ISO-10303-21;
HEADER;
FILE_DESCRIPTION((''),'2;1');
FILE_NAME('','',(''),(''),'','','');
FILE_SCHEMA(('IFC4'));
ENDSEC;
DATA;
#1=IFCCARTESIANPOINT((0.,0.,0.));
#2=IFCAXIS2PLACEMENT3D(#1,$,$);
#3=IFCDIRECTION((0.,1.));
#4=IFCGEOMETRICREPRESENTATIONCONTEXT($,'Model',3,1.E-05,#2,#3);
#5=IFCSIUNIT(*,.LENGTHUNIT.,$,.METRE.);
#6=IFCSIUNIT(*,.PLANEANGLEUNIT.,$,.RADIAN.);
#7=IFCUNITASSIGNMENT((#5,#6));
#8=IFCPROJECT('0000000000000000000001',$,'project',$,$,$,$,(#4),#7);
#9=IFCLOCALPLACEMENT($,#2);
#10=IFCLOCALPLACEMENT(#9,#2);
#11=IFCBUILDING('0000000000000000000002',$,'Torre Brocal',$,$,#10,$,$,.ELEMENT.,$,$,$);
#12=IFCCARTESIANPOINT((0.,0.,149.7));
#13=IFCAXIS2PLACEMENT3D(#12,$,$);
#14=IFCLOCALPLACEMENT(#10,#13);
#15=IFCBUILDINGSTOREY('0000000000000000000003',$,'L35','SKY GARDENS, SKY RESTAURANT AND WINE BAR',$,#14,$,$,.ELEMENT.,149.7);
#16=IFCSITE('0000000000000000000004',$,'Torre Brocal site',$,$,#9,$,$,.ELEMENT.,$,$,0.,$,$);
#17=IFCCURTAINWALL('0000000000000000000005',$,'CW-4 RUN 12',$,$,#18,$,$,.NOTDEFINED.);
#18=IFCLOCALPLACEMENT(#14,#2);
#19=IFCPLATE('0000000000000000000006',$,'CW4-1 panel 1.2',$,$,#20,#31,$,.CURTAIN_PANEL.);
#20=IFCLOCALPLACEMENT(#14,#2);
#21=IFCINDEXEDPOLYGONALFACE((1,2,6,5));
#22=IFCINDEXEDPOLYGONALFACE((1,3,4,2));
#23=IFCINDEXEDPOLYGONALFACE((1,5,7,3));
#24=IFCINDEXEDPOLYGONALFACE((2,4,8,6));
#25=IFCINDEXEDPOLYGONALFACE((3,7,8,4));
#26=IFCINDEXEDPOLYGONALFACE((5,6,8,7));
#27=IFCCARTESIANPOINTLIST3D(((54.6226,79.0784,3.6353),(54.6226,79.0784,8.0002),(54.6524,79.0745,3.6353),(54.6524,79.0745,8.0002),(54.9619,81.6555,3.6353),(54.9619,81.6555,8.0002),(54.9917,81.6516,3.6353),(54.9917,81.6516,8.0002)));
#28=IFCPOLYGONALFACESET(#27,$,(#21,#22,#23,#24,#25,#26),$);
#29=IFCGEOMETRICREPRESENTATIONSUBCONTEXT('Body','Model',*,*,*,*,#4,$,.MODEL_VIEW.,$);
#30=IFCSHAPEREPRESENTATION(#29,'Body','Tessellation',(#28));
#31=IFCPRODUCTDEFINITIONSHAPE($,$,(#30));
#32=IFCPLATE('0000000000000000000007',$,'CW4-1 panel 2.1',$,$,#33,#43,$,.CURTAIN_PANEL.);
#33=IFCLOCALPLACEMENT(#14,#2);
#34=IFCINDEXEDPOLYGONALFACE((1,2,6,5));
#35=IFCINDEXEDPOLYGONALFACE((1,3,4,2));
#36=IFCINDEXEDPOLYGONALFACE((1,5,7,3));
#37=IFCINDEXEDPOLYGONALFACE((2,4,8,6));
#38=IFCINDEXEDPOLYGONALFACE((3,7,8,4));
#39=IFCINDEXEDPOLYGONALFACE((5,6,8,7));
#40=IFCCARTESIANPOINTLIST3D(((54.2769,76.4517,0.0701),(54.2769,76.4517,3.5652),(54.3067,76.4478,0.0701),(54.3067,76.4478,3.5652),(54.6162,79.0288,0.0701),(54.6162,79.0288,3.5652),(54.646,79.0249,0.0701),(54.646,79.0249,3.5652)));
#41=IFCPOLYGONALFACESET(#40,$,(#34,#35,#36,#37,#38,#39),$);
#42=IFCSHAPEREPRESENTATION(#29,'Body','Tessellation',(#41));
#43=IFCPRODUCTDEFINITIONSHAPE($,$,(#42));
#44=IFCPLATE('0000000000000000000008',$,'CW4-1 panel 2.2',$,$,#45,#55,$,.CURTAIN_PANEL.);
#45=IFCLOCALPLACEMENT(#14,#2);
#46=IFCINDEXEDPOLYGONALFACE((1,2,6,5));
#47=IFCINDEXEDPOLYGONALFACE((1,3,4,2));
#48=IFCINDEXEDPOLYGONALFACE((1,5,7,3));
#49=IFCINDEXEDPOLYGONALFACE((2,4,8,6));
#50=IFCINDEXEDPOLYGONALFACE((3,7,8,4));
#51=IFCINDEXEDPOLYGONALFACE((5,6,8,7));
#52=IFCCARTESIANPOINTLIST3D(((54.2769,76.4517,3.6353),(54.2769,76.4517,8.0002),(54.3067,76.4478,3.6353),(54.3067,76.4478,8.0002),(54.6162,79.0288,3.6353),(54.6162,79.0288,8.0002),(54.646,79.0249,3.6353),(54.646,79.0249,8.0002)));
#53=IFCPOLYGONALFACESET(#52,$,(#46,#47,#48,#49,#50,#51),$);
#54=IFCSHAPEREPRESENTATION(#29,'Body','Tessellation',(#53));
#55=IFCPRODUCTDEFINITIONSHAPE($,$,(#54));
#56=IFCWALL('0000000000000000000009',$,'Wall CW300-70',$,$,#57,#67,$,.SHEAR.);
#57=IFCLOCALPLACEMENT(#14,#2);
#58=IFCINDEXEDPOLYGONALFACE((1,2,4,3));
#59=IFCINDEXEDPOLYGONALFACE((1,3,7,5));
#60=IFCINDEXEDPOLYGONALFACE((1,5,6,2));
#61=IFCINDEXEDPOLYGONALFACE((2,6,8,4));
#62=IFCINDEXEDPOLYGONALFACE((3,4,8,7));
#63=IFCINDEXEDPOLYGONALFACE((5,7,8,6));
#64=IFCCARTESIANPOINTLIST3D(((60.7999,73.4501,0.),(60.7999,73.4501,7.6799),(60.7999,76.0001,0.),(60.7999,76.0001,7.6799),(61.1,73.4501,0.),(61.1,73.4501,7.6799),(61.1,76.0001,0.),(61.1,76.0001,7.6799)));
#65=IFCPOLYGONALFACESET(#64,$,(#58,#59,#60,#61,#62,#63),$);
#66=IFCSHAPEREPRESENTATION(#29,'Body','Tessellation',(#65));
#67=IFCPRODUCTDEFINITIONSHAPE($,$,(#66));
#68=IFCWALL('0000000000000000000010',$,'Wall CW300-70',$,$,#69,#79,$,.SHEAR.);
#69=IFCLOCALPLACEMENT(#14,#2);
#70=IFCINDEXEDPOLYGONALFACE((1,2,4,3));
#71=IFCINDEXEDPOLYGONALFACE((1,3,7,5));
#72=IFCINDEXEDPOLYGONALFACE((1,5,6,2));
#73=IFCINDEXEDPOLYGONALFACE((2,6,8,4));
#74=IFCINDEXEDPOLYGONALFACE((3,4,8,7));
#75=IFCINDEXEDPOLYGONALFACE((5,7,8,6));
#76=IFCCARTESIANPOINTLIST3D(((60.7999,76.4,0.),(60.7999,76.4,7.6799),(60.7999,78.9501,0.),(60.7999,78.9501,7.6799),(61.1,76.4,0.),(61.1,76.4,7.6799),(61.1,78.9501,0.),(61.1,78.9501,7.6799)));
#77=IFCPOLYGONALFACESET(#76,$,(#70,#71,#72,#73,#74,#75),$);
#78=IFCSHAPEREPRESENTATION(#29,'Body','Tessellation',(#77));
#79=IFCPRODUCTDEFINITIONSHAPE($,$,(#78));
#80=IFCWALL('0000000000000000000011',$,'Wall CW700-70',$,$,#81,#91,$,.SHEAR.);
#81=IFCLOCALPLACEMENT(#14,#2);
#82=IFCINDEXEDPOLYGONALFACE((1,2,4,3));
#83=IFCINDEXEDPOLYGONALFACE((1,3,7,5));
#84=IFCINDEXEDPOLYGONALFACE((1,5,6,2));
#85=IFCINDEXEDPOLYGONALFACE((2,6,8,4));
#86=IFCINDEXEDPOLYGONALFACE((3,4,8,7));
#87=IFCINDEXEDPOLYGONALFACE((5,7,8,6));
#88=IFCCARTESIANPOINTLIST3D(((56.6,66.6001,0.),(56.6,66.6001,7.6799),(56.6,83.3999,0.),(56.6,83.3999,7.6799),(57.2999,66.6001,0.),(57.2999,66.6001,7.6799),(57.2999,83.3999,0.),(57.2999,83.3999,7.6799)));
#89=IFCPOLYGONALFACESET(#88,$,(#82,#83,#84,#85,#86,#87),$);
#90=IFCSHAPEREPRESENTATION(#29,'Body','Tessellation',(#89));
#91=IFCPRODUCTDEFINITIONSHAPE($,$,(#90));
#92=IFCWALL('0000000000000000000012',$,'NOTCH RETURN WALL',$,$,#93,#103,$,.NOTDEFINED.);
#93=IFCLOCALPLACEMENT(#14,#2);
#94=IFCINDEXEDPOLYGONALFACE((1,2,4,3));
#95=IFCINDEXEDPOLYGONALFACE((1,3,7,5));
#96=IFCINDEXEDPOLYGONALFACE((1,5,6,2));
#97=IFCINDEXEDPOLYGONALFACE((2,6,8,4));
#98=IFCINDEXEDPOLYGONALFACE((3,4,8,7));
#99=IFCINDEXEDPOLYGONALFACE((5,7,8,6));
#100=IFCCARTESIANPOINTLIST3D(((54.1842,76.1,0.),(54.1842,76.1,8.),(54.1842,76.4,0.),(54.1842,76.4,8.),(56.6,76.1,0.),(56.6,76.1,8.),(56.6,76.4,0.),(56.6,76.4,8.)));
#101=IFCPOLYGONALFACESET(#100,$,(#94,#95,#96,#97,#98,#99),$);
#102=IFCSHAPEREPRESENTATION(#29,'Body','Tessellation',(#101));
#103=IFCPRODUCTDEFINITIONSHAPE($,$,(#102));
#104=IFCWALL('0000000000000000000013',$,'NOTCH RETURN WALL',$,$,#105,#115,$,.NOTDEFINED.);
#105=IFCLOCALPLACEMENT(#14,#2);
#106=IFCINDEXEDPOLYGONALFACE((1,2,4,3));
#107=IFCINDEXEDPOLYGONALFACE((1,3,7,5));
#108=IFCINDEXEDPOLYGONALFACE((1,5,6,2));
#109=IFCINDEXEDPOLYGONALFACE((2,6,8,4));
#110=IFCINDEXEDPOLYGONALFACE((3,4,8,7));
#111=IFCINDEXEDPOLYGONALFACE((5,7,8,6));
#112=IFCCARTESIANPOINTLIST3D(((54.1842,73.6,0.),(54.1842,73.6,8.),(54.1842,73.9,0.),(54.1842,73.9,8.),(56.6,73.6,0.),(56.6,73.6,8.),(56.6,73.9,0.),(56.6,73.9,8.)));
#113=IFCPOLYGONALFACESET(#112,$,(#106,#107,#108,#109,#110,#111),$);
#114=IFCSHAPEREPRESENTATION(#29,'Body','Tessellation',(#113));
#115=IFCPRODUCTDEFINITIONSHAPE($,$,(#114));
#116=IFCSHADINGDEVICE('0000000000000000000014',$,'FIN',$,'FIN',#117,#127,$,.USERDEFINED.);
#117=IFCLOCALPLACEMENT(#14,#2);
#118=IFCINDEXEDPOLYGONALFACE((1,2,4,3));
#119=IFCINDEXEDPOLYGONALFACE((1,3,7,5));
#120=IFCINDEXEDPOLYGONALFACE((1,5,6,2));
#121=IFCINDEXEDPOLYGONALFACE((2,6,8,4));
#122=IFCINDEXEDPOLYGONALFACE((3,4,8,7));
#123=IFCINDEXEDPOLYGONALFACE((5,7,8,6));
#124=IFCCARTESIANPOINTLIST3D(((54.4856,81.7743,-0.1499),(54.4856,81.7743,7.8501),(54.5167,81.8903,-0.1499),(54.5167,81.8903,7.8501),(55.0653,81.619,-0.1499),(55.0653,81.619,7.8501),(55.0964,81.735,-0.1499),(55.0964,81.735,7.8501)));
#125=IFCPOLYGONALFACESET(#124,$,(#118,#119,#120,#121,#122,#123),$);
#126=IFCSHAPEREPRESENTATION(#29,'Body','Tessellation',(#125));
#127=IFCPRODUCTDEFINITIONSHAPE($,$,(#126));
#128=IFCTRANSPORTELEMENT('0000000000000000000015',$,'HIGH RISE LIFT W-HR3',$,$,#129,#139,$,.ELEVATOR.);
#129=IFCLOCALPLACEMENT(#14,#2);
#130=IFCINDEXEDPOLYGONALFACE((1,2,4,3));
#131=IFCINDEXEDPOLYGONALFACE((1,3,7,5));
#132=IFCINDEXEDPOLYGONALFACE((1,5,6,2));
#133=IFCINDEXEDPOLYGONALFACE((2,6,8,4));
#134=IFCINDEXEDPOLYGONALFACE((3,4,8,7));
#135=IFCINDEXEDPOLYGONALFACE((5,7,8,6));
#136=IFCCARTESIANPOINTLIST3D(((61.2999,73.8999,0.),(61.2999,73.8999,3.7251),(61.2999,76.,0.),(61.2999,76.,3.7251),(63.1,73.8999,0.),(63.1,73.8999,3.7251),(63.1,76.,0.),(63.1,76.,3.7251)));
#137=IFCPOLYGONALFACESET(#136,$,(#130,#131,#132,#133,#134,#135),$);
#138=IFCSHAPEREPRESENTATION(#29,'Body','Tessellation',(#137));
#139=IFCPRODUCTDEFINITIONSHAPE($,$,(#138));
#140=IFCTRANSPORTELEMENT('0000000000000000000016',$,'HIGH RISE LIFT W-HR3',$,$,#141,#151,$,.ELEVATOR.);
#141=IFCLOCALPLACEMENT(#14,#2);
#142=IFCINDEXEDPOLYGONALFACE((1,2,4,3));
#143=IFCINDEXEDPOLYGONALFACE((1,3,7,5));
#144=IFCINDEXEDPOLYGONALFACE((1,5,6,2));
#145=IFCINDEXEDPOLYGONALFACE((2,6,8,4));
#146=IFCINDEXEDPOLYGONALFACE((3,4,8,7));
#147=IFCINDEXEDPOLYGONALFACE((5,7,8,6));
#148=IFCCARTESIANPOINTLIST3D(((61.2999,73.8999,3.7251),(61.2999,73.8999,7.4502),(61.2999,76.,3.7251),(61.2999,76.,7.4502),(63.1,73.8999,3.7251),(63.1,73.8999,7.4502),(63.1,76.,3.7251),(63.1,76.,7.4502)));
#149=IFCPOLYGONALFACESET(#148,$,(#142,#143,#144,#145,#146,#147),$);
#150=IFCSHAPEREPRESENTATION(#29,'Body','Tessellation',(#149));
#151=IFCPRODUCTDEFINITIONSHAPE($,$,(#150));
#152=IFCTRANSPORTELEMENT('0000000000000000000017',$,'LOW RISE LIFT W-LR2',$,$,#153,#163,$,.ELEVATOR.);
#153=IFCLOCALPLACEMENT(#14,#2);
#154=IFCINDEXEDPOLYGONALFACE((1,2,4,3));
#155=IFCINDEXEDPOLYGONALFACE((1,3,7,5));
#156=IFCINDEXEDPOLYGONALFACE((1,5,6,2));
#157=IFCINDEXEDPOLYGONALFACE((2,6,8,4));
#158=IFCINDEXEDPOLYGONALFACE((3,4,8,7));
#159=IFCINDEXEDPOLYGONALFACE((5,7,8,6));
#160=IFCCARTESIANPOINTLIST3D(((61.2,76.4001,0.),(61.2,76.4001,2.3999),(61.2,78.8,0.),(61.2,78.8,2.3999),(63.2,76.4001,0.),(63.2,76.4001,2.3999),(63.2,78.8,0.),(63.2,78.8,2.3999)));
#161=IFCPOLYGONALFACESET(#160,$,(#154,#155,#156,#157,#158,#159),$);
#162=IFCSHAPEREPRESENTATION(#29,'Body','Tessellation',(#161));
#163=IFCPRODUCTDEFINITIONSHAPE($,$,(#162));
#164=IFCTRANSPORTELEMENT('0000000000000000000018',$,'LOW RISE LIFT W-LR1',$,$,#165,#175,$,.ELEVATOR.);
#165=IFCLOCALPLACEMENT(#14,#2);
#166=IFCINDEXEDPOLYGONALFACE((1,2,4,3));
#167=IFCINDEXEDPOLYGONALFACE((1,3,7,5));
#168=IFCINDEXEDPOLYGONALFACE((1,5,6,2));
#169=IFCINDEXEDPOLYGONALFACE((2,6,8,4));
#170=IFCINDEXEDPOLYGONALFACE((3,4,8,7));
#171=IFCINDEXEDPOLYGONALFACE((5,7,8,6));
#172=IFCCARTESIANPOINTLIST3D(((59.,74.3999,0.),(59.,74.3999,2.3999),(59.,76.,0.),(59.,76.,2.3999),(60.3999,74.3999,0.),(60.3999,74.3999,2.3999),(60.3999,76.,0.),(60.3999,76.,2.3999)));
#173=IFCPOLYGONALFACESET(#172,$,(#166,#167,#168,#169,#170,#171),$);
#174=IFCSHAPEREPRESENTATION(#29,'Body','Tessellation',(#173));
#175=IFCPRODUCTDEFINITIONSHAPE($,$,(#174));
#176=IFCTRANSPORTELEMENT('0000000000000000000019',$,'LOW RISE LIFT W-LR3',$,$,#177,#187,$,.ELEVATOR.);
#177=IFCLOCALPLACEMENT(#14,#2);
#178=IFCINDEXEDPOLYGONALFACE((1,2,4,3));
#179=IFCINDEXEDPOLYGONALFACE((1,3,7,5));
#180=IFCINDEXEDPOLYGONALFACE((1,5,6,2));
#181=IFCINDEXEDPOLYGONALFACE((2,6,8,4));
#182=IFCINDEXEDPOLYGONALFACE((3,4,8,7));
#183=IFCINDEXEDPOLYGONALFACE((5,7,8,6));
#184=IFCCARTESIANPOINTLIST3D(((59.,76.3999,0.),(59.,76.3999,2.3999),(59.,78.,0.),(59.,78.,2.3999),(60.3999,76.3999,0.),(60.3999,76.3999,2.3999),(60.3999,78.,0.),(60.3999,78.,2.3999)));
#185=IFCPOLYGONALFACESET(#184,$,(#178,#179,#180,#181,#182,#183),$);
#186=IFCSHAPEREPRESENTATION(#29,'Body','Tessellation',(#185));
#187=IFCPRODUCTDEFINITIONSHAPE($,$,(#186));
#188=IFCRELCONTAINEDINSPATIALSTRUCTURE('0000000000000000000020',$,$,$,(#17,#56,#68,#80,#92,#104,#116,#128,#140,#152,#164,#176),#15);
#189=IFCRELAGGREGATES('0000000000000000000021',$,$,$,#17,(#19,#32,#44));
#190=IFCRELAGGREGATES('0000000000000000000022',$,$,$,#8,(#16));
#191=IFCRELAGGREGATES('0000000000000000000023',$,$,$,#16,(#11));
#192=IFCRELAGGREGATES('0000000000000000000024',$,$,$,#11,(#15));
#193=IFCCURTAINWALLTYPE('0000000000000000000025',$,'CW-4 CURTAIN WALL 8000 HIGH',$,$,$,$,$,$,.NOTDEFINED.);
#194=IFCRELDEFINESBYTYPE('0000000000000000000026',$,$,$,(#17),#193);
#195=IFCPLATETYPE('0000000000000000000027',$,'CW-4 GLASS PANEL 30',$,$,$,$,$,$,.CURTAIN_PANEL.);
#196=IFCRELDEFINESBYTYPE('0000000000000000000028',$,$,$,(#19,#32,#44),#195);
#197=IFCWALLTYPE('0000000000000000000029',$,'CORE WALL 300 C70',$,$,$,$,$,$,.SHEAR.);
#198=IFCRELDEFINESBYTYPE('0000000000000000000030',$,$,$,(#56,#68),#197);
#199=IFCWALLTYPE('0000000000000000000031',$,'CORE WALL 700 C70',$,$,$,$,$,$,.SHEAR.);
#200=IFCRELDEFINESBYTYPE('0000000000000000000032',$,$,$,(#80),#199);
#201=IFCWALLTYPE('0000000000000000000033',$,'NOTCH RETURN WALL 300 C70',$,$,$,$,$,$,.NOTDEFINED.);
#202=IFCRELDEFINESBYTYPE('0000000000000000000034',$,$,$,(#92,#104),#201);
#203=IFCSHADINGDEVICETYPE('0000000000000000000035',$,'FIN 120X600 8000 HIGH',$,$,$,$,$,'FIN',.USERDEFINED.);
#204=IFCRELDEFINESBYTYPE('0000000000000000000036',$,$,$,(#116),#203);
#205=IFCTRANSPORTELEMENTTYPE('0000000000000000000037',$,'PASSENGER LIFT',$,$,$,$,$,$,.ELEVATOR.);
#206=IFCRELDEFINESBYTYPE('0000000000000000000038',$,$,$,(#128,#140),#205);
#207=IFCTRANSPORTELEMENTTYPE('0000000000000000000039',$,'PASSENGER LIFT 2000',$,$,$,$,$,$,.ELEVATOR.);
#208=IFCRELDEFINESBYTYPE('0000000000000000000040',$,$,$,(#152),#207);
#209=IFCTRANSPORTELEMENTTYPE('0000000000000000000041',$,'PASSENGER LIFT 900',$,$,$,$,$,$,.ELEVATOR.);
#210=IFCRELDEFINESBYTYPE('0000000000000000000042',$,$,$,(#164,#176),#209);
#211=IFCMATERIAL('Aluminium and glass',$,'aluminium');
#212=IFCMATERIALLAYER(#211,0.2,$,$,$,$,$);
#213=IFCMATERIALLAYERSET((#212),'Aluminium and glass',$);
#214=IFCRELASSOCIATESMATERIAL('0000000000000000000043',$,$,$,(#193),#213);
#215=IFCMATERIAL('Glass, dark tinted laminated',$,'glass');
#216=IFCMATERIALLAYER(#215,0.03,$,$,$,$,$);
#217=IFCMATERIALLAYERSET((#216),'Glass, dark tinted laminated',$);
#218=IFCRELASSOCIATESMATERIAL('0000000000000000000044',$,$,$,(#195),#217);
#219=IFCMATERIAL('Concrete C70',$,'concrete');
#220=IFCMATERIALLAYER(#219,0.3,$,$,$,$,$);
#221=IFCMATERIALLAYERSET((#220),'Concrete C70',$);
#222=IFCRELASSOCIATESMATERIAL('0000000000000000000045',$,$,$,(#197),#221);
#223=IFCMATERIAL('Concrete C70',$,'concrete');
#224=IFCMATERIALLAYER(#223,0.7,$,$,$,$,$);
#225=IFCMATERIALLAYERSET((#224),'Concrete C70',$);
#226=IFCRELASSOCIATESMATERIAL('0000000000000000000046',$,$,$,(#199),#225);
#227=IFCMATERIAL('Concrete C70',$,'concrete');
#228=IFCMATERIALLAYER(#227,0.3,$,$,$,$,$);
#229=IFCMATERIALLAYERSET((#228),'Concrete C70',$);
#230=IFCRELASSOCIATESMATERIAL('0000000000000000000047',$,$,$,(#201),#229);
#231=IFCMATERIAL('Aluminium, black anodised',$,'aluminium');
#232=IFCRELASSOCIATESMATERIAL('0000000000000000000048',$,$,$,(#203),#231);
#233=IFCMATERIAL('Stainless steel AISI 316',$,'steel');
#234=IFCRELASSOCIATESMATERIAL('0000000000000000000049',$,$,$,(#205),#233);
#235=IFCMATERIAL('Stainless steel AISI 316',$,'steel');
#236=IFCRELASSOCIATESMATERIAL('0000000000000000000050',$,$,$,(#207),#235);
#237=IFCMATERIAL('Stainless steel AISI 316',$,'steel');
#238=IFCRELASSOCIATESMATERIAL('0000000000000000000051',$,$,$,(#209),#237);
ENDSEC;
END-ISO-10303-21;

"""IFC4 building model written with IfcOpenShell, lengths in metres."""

from ifc_helpers import new_model, si_unit, direction, frame, frame_2d, origin, origin_2d, place, context, subcontext, project, spatial, rectangle, extrude, material, layer, layer_set, material_profile, profile_set, type_object, element, aggregate, save


model = new_model("IFC4")

# Units and contexts
model_context = context("Model", 3, precision=1e-05, world=origin(), true_north=direction((0.0, 1.0)))
body_context = subcontext(model_context, "Body", "Model", "MODEL_VIEW")
ifc_project = project(units=[si_unit("LENGTHUNIT", "METRE"), si_unit("PLANEANGLEUNIT", "RADIAN")], contexts=[model_context])

# Site, building, storey
site_placement = place(None, origin())
site = spatial("IfcSite", under=ifc_project, at=site_placement, Name="Torre Brocal site", CompositionType="ELEMENT", RefElevation=0.0)
building_placement = place(site_placement, origin())
building = spatial("IfcBuilding", under=site, at=building_placement, Name="Torre Brocal", CompositionType="ELEMENT")
storey_placement = place(building_placement, frame((0.0, 0.0, 149.7)))
storey = spatial("IfcBuildingStorey", under=building, at=storey_placement, Name="L35", Description="SKY GARDENS, SKY RESTAURANT AND WINE BAR", CompositionType="ELEMENT", Elevation=149.7)

# Shared definitions
ifc_material_1 = material(Name="Aluminium and glass", Category="aluminium")
ifc_layer_1 = layer(ifc_material_1, 0.2)
ifc_layer_set_1 = layer_set([ifc_layer_1], Name="Aluminium and glass")
curtain_wall_type = type_object("IfcCurtainWallType", Name="CW-4 CURTAIN WALL 8000 HIGH", PredefinedType="NOTDEFINED", material=ifc_layer_set_1)

# Curtain wall
curtain_wall_1_placement = place(storey_placement, origin())
curtain_wall_1 = element("IfcCurtainWall", 1, at=curtain_wall_1_placement, inside=storey, type_object=curtain_wall_type, Name="CW-4 RUN 12", PredefinedType="NOTDEFINED")

# Plates
ifc_material_2 = material(Name="Glass, dark tinted laminated", Category="glass")
ifc_layer_2 = layer(ifc_material_2, 0.03)
ifc_layer_set_2 = layer_set([ifc_layer_2], Name="Glass, dark tinted laminated")
plate_type = type_object("IfcPlateType", Name="CW-4 GLASS PANEL 30", PredefinedType="CURTAIN_PANEL", material=ifc_layer_set_2)
plate_1_placement = place(storey_placement, frame((54.8071, 80.365, 3.6353), z_axis=(0.0, 0.0, 1.0), x_axis=(-0.130526, -0.991445, 0.0)))
plate_1 = element("IfcPlate", 2, at=plate_1_placement, type_object=plate_type, Name="CW4-1 panel 1.2", PredefinedType="CURTAIN_PANEL", context=body_context, shape_type="SweptSolid", body=[
    extrude(rectangle(XDim=2.5994, YDim=0.03, at=origin_2d()), origin(), (0.0, 0.0, 1.0), 4.365),
])
plate_2_placement = place(storey_placement, frame((54.4614, 77.7383, 0.0701), z_axis=(0.0, 0.0, 1.0), x_axis=(-0.130526, -0.991445, 0.0)))
plate_2 = element("IfcPlate", 3, at=plate_2_placement, type_object=plate_type, Name="CW4-1 panel 2.1", PredefinedType="CURTAIN_PANEL", context=body_context, shape_type="SweptSolid", body=[
    extrude(rectangle(XDim=2.5994, YDim=0.03, at=origin_2d()), origin(), (0.0, 0.0, 1.0), 3.4951),
])
plate_3_placement = place(storey_placement, frame((54.4614, 77.7383, 3.6353), z_axis=(0.0, 0.0, 1.0), x_axis=(-0.130526, -0.991445, 0.0)))
plate_3 = element("IfcPlate", 4, at=plate_3_placement, type_object=plate_type, Name="CW4-1 panel 2.2", PredefinedType="CURTAIN_PANEL", context=body_context, shape_type="SweptSolid", body=[
    extrude(rectangle(XDim=2.5994, YDim=0.03, at=origin_2d()), origin(), (0.0, 0.0, 1.0), 4.365),
])
aggregate(curtain_wall_1, [plate_1, plate_2, plate_3])

# Walls
ifc_material_3 = material(Name="Concrete C70", Category="concrete")
ifc_layer_3 = layer(ifc_material_3, 0.3)
ifc_layer_set_3 = layer_set([ifc_layer_3], Name="Concrete C70")
wall_type_1 = type_object("IfcWallType", Name="CORE WALL 300 C70", PredefinedType="SHEAR", material=ifc_layer_set_3)
for number, where, z_axis, x_axis, name in (
    (5, (60.95, 76.0, 0.0), (0.0, 0.0, 1.0), (0.0, -1.0, 0.0), "Wall CW300-70"),
    (6, (60.95, 78.95, 0.0), (0.0, 0.0, 1.0), (0.0, -1.0, 0.0), "Wall CW300-70"),
):
    element("IfcWall", number, at=place(storey_placement, frame(where, z_axis=z_axis, x_axis=x_axis)), inside=storey, type_object=wall_type_1, Name=name, PredefinedType="SHEAR", context=body_context, shape_type="SweptSolid", body=[
        extrude(rectangle(XDim=2.55, YDim=0.3, at=frame_2d((1.2749, 0.0))), origin(), (0.0, 0.0, 1.0), 7.6799),
    ])
ifc_material_4 = material(Name="Concrete C70", Category="concrete")
ifc_layer_4 = layer(ifc_material_4, 0.7)
ifc_layer_set_4 = layer_set([ifc_layer_4], Name="Concrete C70")
wall_type_2 = type_object("IfcWallType", Name="CORE WALL 700 C70", PredefinedType="SHEAR", material=ifc_layer_set_4)
wall_placement = place(storey_placement, frame((56.95, 83.3999, 0.0), z_axis=(0.0, 0.0, 1.0), x_axis=(0.0, -1.0, 0.0)))
element("IfcWall", 7, at=wall_placement, inside=storey, type_object=wall_type_2, Name="Wall CW700-70", PredefinedType="SHEAR", context=body_context, shape_type="SweptSolid", body=[
    extrude(rectangle(XDim=16.7998, YDim=0.7, at=frame_2d((8.3999, 0.0))), origin(), (0.0, 0.0, 1.0), 7.6799),
])
ifc_material_5 = material(Name="Concrete C70", Category="concrete")
ifc_layer_5 = layer(ifc_material_5, 0.3)
ifc_layer_set_5 = layer_set([ifc_layer_5], Name="Concrete C70")
wall_type_3 = type_object("IfcWallType", Name="NOTCH RETURN WALL 300 C70", PredefinedType="NOTDEFINED", material=ifc_layer_set_5)
for number, where, z_axis, x_axis, name in (
    (8, (56.6001, 76.25, 0.0), (0.0, 0.0, 1.0), (-1.0, 0.0, 0.0), "NOTCH RETURN WALL"),
    (9, (56.6001, 73.75, 0.0), (0.0, 0.0, 1.0), (-1.0, 0.0, 0.0), "NOTCH RETURN WALL"),
):
    element("IfcWall", number, at=place(storey_placement, frame(where, z_axis=z_axis, x_axis=x_axis)), inside=storey, type_object=wall_type_3, Name=name, PredefinedType="NOTDEFINED", context=body_context, shape_type="SweptSolid", body=[
        extrude(rectangle(XDim=2.4158, YDim=0.3, at=frame_2d((1.208, 0.0))), origin(), (0.0, 0.0, 1.0), 8.0),
    ])

# Shading device
ifc_material_6 = material(Name="Aluminium, black anodised", Category="aluminium")
ifc_material_profile_1 = material_profile(ifc_material_6, rectangle(XDim=0.1201, YDim=0.6001, at=origin_2d()), Name="FIN 120X600 8000 HIGH")
ifc_profile_set_1 = profile_set([ifc_material_profile_1], Name="Aluminium, black anodised")
shading_device_type = type_object("IfcShadingDeviceType", Name="FIN 120X600 8000 HIGH", ElementType="FIN", PredefinedType="USERDEFINED", material=ifc_profile_set_1)
shading_device_placement = place(storey_placement, frame((54.791, 81.7546, -0.1499), z_axis=(0.0, 0.0, 1.0), x_axis=(-0.258819, -0.965926, 0.0)))
element("IfcShadingDevice", 10, at=shading_device_placement, inside=storey, type_object=shading_device_type, Name="FIN", ObjectType="FIN", PredefinedType="USERDEFINED", context=body_context, shape_type="SweptSolid", body=[
    extrude(rectangle(XDim=0.1201, YDim=0.6001, at=origin_2d()), origin(), (0.0, 0.0, 1.0), 8.0),
])

# Transport elements
ifc_material_7 = material(Name="Stainless steel AISI 316", Category="steel")
transport_element_type_1 = type_object("IfcTransportElementType", Name="PASSENGER LIFT", PredefinedType="ELEVATOR", material=ifc_material_7)
for number, where, z_axis, x_axis, name in (
    (11, (62.2, 74.95, 0.0), (0.0, 0.0, 1.0), (1.0, 0.0, 0.0), "HIGH RISE LIFT W-HR3"),
    (12, (62.2, 74.95, 3.7251), (0.0, 0.0, 1.0), (1.0, 0.0, 0.0), "HIGH RISE LIFT W-HR3"),
):
    element("IfcTransportElement", number, at=place(storey_placement, frame(where, z_axis=z_axis, x_axis=x_axis)), inside=storey, type_object=transport_element_type_1, Name=name, PredefinedType="ELEVATOR", context=body_context, shape_type="SweptSolid", body=[
        extrude(rectangle(XDim=1.8, YDim=2.1001, at=origin_2d()), origin(), (0.0, 0.0, 1.0), 3.7251),
    ])
ifc_material_8 = material(Name="Stainless steel AISI 316", Category="steel")
transport_element_type_2 = type_object("IfcTransportElementType", Name="PASSENGER LIFT 2000", PredefinedType="ELEVATOR", material=ifc_material_8)
transport_element_placement = place(storey_placement, frame((62.2, 77.6001, 0.0), z_axis=(0.0, 0.0, 1.0), x_axis=(1.0, 0.0, 0.0)))
element("IfcTransportElement", 13, at=transport_element_placement, inside=storey, type_object=transport_element_type_2, Name="LOW RISE LIFT W-LR2", PredefinedType="ELEVATOR", context=body_context, shape_type="SweptSolid", body=[
    extrude(rectangle(XDim=2.0, YDim=2.3999, at=origin_2d()), origin(), (0.0, 0.0, 1.0), 2.3999),
])
ifc_material_9 = material(Name="Stainless steel AISI 316", Category="steel")
transport_element_type_3 = type_object("IfcTransportElementType", Name="PASSENGER LIFT 900", PredefinedType="ELEVATOR", material=ifc_material_9)
for number, where, z_axis, x_axis, name in (
    (14, (59.7, 75.2, 0.0), (0.0, 0.0, 1.0), (1.0, 0.0, 0.0), "LOW RISE LIFT W-LR1"),
    (15, (59.7, 77.2, 0.0), (0.0, 0.0, 1.0), (1.0, 0.0, 0.0), "LOW RISE LIFT W-LR3"),
):
    element("IfcTransportElement", number, at=place(storey_placement, frame(where, z_axis=z_axis, x_axis=x_axis)), inside=storey, type_object=transport_element_type_3, Name=name, PredefinedType="ELEVATOR", context=body_context, shape_type="SweptSolid", body=[
        extrude(rectangle(XDim=1.3999, YDim=1.6001, at=origin_2d()), origin(), (0.0, 0.0, 1.0), 2.3999),
    ])

save(model, "model.ifc")
